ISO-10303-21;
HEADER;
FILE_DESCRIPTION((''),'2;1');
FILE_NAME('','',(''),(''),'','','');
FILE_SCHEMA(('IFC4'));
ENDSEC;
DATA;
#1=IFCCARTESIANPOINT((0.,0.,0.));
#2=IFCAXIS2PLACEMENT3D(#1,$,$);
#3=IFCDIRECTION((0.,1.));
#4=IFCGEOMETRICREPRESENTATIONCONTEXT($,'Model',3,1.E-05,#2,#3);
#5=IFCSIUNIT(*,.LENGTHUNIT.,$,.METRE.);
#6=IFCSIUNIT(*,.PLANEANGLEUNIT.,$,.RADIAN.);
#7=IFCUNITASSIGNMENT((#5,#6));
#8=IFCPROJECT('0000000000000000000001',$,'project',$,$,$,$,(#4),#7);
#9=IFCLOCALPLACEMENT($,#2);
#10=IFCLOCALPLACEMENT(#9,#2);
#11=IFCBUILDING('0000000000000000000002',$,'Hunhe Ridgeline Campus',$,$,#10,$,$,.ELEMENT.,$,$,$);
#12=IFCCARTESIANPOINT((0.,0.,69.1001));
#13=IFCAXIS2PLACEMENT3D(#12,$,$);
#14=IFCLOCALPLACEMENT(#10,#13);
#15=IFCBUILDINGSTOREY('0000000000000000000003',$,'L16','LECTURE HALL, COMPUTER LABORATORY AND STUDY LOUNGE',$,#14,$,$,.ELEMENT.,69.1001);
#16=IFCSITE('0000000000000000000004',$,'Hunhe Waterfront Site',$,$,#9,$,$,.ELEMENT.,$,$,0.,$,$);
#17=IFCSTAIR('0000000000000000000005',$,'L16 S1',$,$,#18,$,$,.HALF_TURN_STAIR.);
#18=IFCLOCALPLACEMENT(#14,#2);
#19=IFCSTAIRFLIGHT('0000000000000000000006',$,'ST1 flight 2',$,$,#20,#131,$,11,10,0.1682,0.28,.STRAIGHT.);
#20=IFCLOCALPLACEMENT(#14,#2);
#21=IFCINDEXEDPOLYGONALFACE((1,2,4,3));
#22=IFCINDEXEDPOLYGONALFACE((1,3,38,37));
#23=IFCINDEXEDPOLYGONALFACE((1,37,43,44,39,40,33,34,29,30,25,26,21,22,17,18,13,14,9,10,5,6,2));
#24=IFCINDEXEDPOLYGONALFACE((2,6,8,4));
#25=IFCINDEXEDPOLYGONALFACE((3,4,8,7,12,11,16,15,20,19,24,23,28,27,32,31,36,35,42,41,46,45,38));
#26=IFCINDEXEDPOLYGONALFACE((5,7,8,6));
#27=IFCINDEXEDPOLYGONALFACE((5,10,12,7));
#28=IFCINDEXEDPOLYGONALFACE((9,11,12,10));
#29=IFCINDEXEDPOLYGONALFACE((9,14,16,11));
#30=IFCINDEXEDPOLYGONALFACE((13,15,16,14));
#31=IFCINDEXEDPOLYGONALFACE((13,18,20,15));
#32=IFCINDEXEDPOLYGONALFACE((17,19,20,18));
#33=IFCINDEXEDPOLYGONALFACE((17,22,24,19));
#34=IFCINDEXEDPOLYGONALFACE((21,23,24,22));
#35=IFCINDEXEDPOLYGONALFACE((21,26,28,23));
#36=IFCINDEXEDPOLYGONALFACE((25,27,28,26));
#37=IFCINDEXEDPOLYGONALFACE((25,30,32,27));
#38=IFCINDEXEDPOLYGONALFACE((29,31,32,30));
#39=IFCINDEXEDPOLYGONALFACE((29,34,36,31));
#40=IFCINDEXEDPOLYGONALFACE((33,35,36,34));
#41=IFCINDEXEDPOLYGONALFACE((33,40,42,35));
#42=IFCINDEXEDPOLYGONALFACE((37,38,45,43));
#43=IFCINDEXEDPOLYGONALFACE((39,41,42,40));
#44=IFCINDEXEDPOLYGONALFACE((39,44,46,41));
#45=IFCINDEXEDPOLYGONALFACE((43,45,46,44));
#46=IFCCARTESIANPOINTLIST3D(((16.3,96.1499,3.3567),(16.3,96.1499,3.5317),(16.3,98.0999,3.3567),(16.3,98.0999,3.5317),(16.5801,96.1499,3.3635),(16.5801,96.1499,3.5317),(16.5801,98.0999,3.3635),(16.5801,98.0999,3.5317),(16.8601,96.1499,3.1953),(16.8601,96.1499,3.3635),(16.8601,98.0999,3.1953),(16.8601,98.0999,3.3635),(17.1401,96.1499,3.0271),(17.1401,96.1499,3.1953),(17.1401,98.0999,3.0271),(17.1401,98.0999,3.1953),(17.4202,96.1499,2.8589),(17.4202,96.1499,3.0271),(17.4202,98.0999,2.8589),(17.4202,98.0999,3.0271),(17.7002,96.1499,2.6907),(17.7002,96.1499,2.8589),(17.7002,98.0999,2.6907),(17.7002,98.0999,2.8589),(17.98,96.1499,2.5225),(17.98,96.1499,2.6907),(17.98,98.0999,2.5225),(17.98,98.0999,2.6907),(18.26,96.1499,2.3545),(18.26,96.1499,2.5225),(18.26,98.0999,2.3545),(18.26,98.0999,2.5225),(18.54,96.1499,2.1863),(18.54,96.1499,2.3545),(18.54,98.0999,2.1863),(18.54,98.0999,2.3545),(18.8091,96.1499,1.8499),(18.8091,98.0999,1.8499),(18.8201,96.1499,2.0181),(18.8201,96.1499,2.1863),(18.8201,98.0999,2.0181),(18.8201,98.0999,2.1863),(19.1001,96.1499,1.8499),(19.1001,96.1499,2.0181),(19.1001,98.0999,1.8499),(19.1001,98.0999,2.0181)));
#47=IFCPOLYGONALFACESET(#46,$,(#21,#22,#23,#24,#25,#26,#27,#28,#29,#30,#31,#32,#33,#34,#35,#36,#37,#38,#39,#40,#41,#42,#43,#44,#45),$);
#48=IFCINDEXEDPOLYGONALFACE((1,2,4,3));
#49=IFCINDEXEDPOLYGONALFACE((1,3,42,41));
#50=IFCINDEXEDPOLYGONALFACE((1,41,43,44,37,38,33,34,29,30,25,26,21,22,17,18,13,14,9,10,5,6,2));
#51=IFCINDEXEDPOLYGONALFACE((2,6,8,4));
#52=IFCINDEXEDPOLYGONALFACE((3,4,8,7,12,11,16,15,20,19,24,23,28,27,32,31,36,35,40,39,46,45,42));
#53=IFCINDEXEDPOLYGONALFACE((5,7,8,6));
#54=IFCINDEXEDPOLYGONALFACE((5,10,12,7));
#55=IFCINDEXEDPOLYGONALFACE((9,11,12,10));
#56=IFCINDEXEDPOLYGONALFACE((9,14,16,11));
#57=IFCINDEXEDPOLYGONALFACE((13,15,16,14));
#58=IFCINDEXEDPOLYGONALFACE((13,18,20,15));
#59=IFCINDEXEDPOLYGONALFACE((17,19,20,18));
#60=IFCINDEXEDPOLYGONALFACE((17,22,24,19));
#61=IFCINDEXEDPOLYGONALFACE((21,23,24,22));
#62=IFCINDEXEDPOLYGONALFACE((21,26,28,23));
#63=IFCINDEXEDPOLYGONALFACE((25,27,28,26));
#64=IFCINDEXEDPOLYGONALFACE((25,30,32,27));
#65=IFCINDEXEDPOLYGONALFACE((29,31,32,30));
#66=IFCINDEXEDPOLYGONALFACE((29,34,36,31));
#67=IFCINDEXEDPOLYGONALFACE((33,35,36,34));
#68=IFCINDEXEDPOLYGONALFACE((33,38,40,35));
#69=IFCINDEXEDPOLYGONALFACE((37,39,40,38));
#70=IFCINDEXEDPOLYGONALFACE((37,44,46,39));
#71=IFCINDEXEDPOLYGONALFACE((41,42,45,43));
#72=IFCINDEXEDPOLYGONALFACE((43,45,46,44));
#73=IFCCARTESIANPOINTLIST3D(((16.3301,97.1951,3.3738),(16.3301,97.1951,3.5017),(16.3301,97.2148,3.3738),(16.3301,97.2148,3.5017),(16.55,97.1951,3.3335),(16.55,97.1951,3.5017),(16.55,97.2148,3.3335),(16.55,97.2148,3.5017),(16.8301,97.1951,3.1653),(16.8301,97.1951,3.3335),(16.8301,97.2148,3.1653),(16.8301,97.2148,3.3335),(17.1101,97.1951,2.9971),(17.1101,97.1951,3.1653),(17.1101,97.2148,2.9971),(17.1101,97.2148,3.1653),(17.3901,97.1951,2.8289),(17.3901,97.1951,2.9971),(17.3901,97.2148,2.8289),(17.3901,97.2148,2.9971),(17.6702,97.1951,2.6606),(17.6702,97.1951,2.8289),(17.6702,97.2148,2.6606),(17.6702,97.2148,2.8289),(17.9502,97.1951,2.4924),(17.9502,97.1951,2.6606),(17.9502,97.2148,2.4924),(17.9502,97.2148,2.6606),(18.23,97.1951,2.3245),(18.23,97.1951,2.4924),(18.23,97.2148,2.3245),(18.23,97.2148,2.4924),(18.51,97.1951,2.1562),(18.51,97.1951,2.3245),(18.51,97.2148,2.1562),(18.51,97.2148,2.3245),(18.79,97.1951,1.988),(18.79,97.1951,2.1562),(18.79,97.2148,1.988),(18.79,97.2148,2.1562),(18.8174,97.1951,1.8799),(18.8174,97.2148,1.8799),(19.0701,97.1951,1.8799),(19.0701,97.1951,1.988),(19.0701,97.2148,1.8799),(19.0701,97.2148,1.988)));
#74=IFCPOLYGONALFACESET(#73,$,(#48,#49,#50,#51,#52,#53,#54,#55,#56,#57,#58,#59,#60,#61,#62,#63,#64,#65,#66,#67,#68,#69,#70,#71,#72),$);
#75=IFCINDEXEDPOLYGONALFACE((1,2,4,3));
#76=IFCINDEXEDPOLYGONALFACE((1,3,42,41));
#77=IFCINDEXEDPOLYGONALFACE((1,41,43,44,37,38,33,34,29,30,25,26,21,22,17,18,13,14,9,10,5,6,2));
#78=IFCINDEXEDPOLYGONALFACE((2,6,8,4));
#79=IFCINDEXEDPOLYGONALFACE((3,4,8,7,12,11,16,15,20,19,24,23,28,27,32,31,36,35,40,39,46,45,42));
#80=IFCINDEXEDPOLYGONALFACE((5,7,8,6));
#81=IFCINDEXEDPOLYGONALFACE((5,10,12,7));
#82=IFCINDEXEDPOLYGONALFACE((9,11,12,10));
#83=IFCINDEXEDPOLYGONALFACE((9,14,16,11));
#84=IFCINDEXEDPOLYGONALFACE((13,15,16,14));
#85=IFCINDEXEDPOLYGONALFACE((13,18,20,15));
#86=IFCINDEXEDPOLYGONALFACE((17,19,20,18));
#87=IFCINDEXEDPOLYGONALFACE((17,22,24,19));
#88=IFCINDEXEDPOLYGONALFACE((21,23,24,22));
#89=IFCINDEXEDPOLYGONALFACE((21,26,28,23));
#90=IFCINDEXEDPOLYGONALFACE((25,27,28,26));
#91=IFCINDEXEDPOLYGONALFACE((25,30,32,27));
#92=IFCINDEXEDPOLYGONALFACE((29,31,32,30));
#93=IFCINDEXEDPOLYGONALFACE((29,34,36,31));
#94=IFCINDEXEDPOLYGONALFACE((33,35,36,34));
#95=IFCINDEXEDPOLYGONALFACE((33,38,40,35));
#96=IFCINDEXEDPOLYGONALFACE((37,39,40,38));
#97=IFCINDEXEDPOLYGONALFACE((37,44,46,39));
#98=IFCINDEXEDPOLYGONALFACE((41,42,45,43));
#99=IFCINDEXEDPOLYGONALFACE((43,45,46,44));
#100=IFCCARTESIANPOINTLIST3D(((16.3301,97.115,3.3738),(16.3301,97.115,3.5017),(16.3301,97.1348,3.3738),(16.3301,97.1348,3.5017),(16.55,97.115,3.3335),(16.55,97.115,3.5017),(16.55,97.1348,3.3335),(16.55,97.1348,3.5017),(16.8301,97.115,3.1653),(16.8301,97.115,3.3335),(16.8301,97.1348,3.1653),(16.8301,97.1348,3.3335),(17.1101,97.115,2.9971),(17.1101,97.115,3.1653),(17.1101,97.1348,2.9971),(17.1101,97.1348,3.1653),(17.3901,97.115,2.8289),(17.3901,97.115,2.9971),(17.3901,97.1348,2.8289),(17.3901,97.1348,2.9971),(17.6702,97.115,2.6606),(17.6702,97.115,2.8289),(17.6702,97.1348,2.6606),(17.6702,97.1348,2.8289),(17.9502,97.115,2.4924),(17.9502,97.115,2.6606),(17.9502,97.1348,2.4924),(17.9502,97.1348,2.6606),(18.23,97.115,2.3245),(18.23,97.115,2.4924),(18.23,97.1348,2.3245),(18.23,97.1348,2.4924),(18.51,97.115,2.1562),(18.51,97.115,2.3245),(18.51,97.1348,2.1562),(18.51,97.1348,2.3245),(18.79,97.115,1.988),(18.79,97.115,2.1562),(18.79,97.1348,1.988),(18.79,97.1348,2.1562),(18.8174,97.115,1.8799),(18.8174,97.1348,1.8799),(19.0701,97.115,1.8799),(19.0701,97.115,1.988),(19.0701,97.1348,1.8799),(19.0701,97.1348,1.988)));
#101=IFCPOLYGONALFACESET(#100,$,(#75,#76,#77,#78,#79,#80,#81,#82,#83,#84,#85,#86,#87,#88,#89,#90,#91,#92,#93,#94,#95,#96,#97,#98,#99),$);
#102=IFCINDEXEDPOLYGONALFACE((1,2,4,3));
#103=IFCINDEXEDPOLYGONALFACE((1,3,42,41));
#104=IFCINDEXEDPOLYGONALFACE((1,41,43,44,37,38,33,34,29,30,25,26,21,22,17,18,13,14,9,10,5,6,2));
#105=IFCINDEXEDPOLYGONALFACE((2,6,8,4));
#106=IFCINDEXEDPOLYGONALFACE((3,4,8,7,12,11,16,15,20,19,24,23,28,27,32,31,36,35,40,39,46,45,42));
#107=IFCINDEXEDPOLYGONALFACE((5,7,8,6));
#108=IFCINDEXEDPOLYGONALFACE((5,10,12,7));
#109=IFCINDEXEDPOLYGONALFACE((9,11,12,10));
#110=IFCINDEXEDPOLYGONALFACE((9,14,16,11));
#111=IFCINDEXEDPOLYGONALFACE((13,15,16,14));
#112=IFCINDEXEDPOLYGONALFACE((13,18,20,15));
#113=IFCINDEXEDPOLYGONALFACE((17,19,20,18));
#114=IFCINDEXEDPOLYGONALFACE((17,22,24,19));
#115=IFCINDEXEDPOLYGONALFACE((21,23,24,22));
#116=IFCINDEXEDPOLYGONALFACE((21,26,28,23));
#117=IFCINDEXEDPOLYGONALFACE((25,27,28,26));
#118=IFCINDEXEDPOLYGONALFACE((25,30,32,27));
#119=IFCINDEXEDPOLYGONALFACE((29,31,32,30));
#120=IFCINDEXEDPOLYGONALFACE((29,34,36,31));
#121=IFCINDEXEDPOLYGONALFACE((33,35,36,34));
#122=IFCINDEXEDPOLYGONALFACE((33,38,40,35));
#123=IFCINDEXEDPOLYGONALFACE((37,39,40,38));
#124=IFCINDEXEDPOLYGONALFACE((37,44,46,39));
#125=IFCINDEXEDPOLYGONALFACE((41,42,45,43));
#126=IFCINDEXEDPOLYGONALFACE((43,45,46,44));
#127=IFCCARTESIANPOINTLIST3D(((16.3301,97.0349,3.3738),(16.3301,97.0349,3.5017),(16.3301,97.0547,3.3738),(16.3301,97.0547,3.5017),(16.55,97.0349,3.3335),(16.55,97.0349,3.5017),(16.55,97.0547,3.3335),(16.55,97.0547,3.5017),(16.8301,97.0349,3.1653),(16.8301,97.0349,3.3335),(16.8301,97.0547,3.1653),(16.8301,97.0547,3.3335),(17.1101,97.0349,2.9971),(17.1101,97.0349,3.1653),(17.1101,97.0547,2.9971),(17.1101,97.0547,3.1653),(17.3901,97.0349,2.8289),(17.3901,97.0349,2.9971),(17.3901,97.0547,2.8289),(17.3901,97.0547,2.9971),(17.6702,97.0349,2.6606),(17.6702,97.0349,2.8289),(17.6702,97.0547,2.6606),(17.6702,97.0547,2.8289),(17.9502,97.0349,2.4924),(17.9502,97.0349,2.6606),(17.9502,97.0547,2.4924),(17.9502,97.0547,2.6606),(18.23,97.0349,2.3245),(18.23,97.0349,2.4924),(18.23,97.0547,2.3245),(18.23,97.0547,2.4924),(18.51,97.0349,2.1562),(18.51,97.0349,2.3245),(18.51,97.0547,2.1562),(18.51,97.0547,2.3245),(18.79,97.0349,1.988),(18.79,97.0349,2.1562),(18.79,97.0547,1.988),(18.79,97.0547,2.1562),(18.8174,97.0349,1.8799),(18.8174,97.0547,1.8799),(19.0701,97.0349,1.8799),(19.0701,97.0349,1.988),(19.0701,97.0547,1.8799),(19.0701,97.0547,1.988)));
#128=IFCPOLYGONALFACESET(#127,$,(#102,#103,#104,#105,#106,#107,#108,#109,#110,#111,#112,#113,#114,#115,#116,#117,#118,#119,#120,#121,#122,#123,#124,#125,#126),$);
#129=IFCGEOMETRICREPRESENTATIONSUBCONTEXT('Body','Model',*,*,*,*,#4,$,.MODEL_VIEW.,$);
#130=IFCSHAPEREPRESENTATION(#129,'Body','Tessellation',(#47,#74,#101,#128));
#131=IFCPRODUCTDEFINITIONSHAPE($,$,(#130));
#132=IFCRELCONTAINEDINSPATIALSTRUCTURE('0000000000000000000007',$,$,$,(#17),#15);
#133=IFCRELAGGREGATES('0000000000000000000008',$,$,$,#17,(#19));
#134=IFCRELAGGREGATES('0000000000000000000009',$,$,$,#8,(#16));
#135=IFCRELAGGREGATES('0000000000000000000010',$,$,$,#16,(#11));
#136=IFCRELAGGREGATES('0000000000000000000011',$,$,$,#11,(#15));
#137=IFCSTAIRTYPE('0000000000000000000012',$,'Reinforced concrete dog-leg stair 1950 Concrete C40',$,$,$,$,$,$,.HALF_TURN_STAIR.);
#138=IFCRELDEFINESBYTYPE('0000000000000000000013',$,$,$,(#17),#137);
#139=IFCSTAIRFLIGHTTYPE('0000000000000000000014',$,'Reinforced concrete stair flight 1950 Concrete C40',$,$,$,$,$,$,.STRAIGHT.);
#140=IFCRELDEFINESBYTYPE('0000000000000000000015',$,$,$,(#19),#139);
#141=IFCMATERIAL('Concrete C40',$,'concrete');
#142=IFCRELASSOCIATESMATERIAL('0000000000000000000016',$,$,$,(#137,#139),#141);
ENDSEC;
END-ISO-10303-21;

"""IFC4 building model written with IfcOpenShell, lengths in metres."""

from ifc_helpers import new_model, si_unit, direction, frame, origin, place, context, subcontext, project, spatial, polyline, outline, extrude, material, type_object, element, aggregate, save


model = new_model("IFC4")

# Units and contexts
model_context = context("Model", 3, precision=1e-05, world=origin(), true_north=direction((0.0, 1.0)))
body_context = subcontext(model_context, "Body", "Model", "MODEL_VIEW")
ifc_project = project(units=[si_unit("LENGTHUNIT", "METRE"), si_unit("PLANEANGLEUNIT", "RADIAN")], contexts=[model_context])

# Site, building, storey
site_placement = place(None, origin())
site = spatial("IfcSite", under=ifc_project, at=site_placement, Name="Hunhe Waterfront Site", CompositionType="ELEMENT", RefElevation=0.0)
building_placement = place(site_placement, origin())
building = spatial("IfcBuilding", under=site, at=building_placement, Name="Hunhe Ridgeline Campus", CompositionType="ELEMENT")
storey_placement = place(building_placement, frame((0.0, 0.0, 69.1001)))
storey = spatial("IfcBuildingStorey", under=building, at=storey_placement, Name="L16", Description="LECTURE HALL, COMPUTER LABORATORY AND STUDY LOUNGE", CompositionType="ELEMENT", Elevation=69.1001)

# Stair, stair flight
ifc_material_1 = material(Name="Concrete C40", Category="concrete")
stair_type = type_object("IfcStairType", Name="Reinforced concrete dog-leg stair 1950 Concrete C40", PredefinedType="HALF_TURN_STAIR", material=ifc_material_1)
stair_1_placement = place(storey_placement, origin())
stair_1 = element("IfcStair", 1, at=stair_1_placement, inside=storey, type_object=stair_type, Name="L16 S1", PredefinedType="HALF_TURN_STAIR")
stair_flight_type = type_object("IfcStairFlightType", Name="Reinforced concrete stair flight 1950 Concrete C40", PredefinedType="STRAIGHT", material=ifc_material_1)
stair_flight_1_placement = place(storey_placement, frame((19.1001, 97.125, 1.8499), z_axis=(0.0, 0.0, 1.0), x_axis=(-1.0, 0.0, 0.0)))
stair_flight_1 = element("IfcStairFlight", 2, at=stair_flight_1_placement, type_object=stair_flight_type, Name="ST1 flight 2", NumberOfRisers=11, NumberOfTreads=10, PredefinedType="STRAIGHT", RiserHeight=0.1682, TreadLength=0.28, context=body_context, shape_type="SweptSolid", body=[
    extrude(outline(polyline([(0.0, 0.0), (0.0, 0.1682), (0.28, 0.1682), (0.28, 0.3364), (0.5601, 0.3364), (0.5601, 0.5046), (0.8401, 0.5046), (0.8401, 0.6726), (1.1201, 0.6726), (1.1201, 0.8408), (1.3999, 0.8408), (1.3999, 1.009), (1.6799, 1.009), (1.6799, 1.1772), (1.96, 1.1772), (1.96, 1.3455), (2.24, 1.3455), (2.24, 1.5137), (2.52, 1.5137), (2.52, 1.6819), (2.8, 1.6819), (2.8, 1.8501), (2.8, 1.5068), (0.291, 0.0), (0.0, 0.0)])), frame((0.0, 0.9751, 0.0), z_axis=(0.0, -1.0, 0.0), x_axis=(1.0, 0.0, 0.0)), (0.0, 0.0, 1.0), 1.95),
    extrude(outline(polyline([(0.03, 0.03), (0.03, 0.1382), (0.3101, 0.1382), (0.3101, 0.3064), (0.5901, 0.3064), (0.5901, 0.4746), (0.8701, 0.4746), (0.8701, 0.6426), (1.1499, 0.6426), (1.1499, 0.8108), (1.4299, 0.8108), (1.4299, 0.979), (1.71, 0.979), (1.71, 1.1472), (1.99, 1.1472), (1.99, 1.3154), (2.27, 1.3154), (2.27, 1.4836), (2.55, 1.4836), (2.55, 1.6519), (2.77, 1.6519), (2.77, 1.5239), (0.2827, 0.03), (0.03, 0.03)])), frame((0.0, -0.0701, 0.0), z_axis=(0.0, -1.0, 0.0), x_axis=(1.0, 0.0, 0.0)), (0.0, 0.0, 1.0), 0.0198),
    extrude(outline(polyline([(0.03, 0.03), (0.03, 0.1382), (0.3101, 0.1382), (0.3101, 0.3064), (0.5901, 0.3064), (0.5901, 0.4746), (0.8701, 0.4746), (0.8701, 0.6426), (1.1499, 0.6426), (1.1499, 0.8108), (1.4299, 0.8108), (1.4299, 0.979), (1.71, 0.979), (1.71, 1.1472), (1.99, 1.1472), (1.99, 1.3154), (2.27, 1.3154), (2.27, 1.4836), (2.55, 1.4836), (2.55, 1.6519), (2.77, 1.6519), (2.77, 1.5239), (0.2827, 0.03), (0.03, 0.03)])), frame((0.0, 0.01, 0.0), z_axis=(0.0, -1.0, 0.0), x_axis=(1.0, 0.0, 0.0)), (0.0, 0.0, 1.0), 0.0198),
    extrude(outline(polyline([(0.03, 0.03), (0.03, 0.1382), (0.3101, 0.1382), (0.3101, 0.3064), (0.5901, 0.3064), (0.5901, 0.4746), (0.8701, 0.4746), (0.8701, 0.6426), (1.1499, 0.6426), (1.1499, 0.8108), (1.4299, 0.8108), (1.4299, 0.979), (1.71, 0.979), (1.71, 1.1472), (1.99, 1.1472), (1.99, 1.3154), (2.27, 1.3154), (2.27, 1.4836), (2.55, 1.4836), (2.55, 1.6519), (2.77, 1.6519), (2.77, 1.5239), (0.2827, 0.03), (0.03, 0.03)])), frame((0.0, 0.0901, 0.0), z_axis=(0.0, -1.0, 0.0), x_axis=(1.0, 0.0, 0.0)), (0.0, 0.0, 1.0), 0.0198),
])
aggregate(stair_1, [stair_flight_1])

save(model, "model.ifc")
